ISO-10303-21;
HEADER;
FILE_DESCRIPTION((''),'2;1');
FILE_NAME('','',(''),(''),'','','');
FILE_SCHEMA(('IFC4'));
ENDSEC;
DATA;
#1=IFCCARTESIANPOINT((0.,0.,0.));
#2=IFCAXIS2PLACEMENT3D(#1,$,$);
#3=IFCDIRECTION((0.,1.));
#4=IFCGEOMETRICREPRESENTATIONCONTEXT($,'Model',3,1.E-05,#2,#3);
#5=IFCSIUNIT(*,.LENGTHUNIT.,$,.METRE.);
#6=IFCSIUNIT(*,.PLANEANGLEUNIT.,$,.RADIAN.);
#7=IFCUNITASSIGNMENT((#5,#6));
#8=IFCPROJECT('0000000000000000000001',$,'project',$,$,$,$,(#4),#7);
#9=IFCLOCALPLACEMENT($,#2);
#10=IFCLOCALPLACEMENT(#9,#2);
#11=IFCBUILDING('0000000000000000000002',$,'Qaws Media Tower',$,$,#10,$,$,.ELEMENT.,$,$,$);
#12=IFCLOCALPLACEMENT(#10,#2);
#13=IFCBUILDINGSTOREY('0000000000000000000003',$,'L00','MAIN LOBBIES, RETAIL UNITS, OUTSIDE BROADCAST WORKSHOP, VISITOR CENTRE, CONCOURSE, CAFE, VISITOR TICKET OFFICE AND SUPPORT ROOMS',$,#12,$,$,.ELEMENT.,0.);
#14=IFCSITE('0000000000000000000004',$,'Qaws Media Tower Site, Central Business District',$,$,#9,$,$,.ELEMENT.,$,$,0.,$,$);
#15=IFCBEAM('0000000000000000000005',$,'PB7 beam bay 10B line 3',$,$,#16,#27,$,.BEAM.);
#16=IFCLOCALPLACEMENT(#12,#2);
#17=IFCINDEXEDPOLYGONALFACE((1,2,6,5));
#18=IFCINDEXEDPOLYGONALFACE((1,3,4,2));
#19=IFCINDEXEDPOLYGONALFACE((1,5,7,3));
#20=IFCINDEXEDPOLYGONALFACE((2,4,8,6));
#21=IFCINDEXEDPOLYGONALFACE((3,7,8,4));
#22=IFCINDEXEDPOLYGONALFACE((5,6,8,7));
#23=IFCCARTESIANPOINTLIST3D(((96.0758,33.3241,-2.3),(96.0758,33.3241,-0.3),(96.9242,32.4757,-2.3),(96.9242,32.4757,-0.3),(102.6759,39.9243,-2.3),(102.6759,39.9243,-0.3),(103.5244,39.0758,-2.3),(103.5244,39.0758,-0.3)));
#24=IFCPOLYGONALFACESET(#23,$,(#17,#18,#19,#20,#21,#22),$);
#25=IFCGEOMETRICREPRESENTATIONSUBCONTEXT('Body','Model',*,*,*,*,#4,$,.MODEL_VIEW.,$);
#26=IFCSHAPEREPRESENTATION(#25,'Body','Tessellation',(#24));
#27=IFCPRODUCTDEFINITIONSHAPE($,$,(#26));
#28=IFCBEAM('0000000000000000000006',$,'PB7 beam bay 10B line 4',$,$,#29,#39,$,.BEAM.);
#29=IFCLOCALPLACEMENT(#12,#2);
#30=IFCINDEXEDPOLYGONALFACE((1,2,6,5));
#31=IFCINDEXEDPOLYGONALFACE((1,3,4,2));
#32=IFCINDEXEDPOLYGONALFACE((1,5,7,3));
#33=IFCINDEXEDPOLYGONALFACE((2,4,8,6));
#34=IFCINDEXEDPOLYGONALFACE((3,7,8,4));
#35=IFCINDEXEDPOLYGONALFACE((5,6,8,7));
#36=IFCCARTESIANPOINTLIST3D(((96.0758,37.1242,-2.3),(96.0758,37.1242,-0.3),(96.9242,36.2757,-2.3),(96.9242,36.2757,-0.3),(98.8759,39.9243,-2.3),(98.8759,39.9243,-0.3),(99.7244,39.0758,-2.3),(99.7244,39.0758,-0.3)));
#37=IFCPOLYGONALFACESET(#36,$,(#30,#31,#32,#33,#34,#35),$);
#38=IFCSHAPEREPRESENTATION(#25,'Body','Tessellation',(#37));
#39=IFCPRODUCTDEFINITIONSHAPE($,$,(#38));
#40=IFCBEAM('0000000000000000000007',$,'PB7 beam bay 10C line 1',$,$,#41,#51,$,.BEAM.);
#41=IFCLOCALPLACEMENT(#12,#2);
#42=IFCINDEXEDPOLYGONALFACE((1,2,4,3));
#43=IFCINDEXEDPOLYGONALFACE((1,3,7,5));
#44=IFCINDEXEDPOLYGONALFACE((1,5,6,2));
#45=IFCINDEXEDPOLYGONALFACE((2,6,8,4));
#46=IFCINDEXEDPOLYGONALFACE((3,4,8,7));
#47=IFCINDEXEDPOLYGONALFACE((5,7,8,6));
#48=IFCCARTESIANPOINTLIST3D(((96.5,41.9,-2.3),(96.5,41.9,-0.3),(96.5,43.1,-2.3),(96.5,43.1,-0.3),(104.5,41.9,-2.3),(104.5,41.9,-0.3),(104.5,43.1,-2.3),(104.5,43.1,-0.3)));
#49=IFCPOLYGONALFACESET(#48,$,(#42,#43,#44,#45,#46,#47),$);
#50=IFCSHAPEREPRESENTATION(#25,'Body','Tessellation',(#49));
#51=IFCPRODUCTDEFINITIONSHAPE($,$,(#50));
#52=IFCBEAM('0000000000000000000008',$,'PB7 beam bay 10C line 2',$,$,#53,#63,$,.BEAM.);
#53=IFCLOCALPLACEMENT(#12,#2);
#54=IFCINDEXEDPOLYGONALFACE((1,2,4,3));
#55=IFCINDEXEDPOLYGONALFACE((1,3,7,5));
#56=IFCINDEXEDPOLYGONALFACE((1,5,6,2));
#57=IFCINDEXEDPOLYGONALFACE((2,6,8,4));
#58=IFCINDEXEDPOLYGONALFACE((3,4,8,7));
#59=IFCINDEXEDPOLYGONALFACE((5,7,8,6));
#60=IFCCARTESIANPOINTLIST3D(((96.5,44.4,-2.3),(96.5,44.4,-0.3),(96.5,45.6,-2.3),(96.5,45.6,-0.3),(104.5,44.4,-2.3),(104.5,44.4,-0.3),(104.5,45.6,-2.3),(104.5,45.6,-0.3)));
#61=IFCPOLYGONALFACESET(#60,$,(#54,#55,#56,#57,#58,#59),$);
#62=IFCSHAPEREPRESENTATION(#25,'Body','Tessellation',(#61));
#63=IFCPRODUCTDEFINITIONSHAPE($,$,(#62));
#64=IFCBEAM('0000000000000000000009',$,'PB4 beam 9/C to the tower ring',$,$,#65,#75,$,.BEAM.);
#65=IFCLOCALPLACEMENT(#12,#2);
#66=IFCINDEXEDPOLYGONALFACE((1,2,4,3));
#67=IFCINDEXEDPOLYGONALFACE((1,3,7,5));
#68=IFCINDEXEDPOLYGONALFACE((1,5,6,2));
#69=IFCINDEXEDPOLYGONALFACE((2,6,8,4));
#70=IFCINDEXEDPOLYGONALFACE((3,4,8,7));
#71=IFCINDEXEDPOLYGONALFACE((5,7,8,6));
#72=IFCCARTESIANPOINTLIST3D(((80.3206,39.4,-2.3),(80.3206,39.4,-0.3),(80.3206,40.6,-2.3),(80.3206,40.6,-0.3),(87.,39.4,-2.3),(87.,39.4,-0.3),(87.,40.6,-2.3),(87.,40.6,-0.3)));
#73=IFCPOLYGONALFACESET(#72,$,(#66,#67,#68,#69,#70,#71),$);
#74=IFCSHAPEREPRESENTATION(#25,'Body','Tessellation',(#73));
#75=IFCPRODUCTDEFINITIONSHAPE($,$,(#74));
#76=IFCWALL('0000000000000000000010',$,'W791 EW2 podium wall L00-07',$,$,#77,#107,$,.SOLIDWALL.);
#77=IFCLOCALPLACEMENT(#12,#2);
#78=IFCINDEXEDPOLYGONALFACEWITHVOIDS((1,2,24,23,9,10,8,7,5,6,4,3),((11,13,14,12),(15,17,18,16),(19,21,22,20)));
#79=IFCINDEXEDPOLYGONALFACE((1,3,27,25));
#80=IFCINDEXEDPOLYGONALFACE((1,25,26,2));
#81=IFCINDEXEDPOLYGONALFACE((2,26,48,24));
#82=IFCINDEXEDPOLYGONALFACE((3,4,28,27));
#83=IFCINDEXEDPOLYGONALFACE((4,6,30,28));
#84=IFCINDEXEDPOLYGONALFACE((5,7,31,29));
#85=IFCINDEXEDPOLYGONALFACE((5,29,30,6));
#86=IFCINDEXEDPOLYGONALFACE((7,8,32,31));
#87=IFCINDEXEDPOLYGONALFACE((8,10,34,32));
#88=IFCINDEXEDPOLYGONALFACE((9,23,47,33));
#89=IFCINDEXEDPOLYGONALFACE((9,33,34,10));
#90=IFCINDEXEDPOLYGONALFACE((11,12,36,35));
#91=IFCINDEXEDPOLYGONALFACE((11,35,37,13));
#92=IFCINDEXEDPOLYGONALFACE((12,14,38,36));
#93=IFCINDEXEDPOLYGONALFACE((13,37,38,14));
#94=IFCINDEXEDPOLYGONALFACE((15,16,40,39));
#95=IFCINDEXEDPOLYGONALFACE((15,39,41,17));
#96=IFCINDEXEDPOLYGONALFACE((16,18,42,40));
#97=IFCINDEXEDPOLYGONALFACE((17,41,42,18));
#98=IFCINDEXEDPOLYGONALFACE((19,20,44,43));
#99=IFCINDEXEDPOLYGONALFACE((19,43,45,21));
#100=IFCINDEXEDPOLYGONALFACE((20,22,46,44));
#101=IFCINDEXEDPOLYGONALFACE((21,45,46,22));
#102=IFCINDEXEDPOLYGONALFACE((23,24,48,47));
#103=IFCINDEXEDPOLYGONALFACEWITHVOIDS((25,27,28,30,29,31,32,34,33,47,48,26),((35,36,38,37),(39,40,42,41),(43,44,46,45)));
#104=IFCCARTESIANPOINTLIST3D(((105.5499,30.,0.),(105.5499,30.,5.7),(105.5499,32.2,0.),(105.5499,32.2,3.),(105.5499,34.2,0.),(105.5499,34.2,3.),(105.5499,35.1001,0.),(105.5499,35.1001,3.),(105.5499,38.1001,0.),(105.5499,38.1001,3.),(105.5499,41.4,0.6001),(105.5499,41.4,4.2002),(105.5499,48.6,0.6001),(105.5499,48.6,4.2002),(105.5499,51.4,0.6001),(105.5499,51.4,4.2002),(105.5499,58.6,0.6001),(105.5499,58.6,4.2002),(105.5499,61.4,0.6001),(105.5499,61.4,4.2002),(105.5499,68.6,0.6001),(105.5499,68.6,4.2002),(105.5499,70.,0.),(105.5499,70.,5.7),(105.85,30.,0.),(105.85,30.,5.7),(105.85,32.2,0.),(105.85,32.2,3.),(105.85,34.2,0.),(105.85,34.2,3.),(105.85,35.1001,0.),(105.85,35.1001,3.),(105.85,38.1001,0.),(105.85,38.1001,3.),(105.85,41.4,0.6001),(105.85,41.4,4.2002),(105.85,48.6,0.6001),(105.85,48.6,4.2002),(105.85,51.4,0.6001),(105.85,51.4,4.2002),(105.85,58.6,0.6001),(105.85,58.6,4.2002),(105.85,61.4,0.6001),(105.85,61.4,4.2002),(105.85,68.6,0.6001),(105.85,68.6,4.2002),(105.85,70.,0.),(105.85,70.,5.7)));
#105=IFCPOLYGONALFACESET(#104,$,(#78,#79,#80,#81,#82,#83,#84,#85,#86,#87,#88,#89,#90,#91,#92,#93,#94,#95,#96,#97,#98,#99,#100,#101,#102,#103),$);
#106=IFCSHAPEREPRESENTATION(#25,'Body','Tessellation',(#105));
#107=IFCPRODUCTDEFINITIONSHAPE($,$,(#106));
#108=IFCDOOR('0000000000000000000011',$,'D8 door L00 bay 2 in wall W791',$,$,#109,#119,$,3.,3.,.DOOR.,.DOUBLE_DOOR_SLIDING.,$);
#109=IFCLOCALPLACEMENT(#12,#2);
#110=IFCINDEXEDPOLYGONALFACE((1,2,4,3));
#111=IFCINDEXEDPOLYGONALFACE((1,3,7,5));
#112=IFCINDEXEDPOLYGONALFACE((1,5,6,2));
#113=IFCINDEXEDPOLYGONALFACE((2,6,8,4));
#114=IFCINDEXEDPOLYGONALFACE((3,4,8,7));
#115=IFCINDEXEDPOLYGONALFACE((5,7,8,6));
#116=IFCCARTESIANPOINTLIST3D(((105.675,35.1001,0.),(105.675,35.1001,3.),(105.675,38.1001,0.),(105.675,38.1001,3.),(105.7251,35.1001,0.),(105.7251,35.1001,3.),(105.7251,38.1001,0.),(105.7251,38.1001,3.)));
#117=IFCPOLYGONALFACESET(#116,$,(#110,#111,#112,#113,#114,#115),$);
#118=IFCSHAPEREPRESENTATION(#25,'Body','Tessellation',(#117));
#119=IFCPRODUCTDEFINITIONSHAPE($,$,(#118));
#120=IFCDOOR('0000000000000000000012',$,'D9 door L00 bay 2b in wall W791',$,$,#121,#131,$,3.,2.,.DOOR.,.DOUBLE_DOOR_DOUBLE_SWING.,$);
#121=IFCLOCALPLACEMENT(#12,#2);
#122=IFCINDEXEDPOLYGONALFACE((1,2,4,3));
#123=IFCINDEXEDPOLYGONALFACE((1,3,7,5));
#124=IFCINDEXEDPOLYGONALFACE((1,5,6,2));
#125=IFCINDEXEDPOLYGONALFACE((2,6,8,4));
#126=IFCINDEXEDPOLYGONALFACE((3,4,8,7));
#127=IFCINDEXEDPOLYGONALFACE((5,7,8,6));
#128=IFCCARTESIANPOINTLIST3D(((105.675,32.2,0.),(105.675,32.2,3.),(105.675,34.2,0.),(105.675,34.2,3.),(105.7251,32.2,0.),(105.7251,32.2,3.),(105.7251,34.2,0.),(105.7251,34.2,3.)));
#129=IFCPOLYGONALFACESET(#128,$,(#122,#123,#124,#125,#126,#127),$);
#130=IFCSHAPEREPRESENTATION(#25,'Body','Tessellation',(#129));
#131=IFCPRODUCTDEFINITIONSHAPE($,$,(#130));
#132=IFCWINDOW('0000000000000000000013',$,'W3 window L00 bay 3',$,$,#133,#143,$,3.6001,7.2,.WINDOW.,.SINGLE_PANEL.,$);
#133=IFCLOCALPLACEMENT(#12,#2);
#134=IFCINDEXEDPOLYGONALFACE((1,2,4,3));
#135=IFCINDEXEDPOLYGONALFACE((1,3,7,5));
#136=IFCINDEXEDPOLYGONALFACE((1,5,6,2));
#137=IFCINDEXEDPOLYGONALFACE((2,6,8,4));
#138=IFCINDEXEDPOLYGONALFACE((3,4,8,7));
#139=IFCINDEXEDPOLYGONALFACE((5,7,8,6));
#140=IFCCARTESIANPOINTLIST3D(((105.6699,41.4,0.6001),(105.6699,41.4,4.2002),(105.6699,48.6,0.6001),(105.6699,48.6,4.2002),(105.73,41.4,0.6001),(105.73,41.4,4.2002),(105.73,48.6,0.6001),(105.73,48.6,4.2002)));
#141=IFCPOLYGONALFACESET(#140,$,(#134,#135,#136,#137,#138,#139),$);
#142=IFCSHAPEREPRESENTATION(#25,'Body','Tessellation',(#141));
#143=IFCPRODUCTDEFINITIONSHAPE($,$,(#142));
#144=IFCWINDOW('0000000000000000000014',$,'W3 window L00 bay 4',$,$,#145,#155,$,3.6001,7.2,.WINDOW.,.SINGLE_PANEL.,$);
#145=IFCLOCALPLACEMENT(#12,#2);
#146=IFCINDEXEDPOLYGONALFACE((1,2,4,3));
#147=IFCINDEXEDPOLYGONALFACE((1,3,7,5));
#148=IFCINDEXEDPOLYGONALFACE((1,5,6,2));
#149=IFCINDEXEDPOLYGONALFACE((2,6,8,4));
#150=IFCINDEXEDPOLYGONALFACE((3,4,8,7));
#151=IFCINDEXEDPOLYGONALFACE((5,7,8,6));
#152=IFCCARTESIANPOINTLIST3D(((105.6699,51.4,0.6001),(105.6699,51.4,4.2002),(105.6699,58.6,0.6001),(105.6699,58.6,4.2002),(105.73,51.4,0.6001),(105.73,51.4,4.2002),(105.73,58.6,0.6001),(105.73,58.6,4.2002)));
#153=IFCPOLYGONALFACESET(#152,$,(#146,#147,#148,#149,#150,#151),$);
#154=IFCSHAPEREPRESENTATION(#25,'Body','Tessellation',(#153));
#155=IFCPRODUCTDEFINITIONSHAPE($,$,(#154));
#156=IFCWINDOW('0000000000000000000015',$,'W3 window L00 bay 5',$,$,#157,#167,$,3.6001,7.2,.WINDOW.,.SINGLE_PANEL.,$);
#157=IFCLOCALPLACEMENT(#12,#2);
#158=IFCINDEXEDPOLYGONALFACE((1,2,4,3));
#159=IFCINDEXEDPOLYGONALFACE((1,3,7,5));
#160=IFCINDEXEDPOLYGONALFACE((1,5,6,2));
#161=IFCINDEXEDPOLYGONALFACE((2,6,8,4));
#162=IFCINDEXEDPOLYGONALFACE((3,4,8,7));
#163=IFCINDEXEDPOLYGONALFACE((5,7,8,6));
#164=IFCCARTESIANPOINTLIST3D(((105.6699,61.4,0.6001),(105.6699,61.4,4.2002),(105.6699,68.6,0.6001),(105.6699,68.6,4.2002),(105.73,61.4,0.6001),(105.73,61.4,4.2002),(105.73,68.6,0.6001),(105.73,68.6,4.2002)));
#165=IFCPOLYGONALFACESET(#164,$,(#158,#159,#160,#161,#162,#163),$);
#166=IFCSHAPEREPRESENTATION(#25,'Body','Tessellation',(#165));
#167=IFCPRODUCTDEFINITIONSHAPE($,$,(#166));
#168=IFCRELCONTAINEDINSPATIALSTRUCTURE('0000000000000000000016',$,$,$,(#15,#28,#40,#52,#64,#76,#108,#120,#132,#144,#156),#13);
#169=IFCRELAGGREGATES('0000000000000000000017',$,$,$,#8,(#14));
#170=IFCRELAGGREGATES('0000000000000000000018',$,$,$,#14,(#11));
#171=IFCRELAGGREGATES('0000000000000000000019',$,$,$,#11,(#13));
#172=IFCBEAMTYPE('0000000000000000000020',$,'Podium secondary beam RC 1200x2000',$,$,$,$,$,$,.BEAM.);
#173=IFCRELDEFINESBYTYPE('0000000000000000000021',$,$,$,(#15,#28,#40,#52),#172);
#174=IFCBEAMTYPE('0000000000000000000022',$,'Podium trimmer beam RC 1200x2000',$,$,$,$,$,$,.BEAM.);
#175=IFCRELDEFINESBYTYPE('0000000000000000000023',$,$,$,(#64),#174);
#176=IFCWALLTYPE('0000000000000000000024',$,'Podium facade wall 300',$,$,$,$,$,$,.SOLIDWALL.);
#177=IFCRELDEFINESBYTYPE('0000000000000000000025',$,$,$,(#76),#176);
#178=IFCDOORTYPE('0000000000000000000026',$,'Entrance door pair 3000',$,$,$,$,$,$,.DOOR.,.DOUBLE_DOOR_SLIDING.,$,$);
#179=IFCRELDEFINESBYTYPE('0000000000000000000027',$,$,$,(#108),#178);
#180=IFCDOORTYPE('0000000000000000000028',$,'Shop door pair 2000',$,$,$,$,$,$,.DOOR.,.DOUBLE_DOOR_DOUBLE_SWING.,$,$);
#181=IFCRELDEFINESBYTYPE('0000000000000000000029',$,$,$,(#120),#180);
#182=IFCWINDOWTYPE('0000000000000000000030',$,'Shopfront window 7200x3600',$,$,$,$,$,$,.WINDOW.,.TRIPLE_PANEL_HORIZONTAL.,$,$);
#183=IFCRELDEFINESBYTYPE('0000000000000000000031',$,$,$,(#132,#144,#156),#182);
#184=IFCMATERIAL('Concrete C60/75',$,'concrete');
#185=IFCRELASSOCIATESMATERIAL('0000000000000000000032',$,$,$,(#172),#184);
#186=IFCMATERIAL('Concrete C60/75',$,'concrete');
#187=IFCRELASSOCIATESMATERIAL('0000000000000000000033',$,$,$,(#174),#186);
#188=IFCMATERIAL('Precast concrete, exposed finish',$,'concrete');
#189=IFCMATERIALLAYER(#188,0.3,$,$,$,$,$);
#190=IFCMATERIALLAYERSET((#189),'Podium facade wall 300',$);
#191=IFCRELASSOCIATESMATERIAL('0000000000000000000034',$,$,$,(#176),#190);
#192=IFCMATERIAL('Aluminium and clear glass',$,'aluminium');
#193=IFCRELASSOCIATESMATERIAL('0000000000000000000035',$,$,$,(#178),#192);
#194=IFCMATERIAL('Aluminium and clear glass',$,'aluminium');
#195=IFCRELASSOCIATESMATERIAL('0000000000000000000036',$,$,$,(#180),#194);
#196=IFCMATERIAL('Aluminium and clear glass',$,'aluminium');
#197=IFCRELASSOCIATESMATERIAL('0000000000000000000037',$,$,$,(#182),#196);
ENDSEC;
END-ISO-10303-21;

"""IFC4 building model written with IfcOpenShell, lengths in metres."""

from ifc_helpers import new_model, si_unit, direction, frame, frame_2d, origin, origin_2d, place, context, subcontext, project, spatial, rectangle, extrude, material, layer, layer_set, material_profile, profile_set, type_object, element, fill, save


model = new_model("IFC4")

# Units and contexts
model_context = context("Model", 3, precision=1e-05, world=origin(), true_north=direction((0.0, 1.0)))
body_context = subcontext(model_context, "Body", "Model", "MODEL_VIEW")
ifc_project = project(units=[si_unit("LENGTHUNIT", "METRE"), si_unit("PLANEANGLEUNIT", "RADIAN")], contexts=[model_context])

# Site, building, storey
site_placement = place(None, origin())
site = spatial("IfcSite", under=ifc_project, at=site_placement, Name="Qaws Media Tower Site, Central Business District", CompositionType="ELEMENT", RefElevation=0.0)
building_placement = place(site_placement, origin())
building = spatial("IfcBuilding", under=site, at=building_placement, Name="Qaws Media Tower", CompositionType="ELEMENT")
storey_placement = place(building_placement, origin())
storey = spatial("IfcBuildingStorey", under=building, at=storey_placement, Name="L00", Description="MAIN LOBBIES, RETAIL UNITS, OUTSIDE BROADCAST WORKSHOP, VISITOR CENTRE, CONCOURSE, CAFE, VISITOR TICKET OFFICE AND SUPPORT ROOMS", CompositionType="ELEMENT", Elevation=0.0)

# Beams
ifc_material_1 = material(Name="Concrete C60/75", Category="concrete")
ifc_material_profile_1 = material_profile(ifc_material_1, rectangle(XDim=1.2, YDim=2.0, at=origin_2d()), Name="RC 1200x2000")
ifc_profile_set_1 = profile_set([ifc_material_profile_1], Name="Concrete C60/75")
beam_type_1 = type_object("IfcBeamType", Name="Podium secondary beam RC 1200x2000", PredefinedType="BEAM", material=ifc_profile_set_1)
for number, where, z_axis, x_axis, name in (
    (1, (96.5, 32.8999, -1.3), (0.707107, 0.707107, 0.0), (-0.707107, 0.707107, 0.0), "PB7 beam bay 10B line 3"),
):
    element("IfcBeam", number, at=place(storey_placement, frame(where, z_axis=z_axis, x_axis=x_axis)), inside=storey, type_object=beam_type_1, Name=name, PredefinedType="BEAM", context=body_context, shape_type="SweptSolid", body=[
        extrude(rectangle(XDim=1.2, YDim=2.0, at=origin_2d()), origin(), (0.0, 0.0, 1.0), 9.334),
    ])
beam_1_placement = place(storey_placement, frame((96.5, 36.7, -1.3), z_axis=(0.707107, 0.707107, 0.0), x_axis=(-0.707107, 0.707107, 0.0)))
element("IfcBeam", 2, at=beam_1_placement, inside=storey, type_object=beam_type_1, Name="PB7 beam bay 10B line 4", PredefinedType="BEAM", context=body_context, shape_type="SweptSolid", body=[
    extrude(rectangle(XDim=1.2, YDim=2.0, at=origin_2d()), origin(), (0.0, 0.0, 1.0), 3.96),
])
for number, where, z_axis, x_axis, name in (
    (3, (96.5, 42.5, -1.3), (1.0, 0.0, 0.0), (0.0, 1.0, 0.0), "PB7 beam bay 10C line 1"),
    (4, (96.5, 45.0, -1.3), (1.0, 0.0, 0.0), (0.0, 1.0, 0.0), "PB7 beam bay 10C line 2"),
):
    element("IfcBeam", number, at=place(storey_placement, frame(where, z_axis=z_axis, x_axis=x_axis)), inside=storey, type_object=beam_type_1, Name=name, PredefinedType="BEAM", context=body_context, shape_type="SweptSolid", body=[
        extrude(rectangle(XDim=1.2, YDim=2.0, at=origin_2d()), origin(), (0.0, 0.0, 1.0), 8.0),
    ])
ifc_material_2 = material(Name="Concrete C60/75", Category="concrete")
ifc_material_profile_2 = material_profile(ifc_material_2, rectangle(XDim=1.2, YDim=2.0, at=origin_2d()), Name="RC 1200x2000")
ifc_profile_set_2 = profile_set([ifc_material_profile_2], Name="Concrete C60/75")
beam_type_2 = type_object("IfcBeamType", Name="Podium trimmer beam RC 1200x2000", PredefinedType="BEAM", material=ifc_profile_set_2)
beam_2_placement = place(storey_placement, frame((87.0, 40.0, -1.3), z_axis=(-1.0, 0.0, 0.0), x_axis=(0.0, -1.0, 0.0)))
element("IfcBeam", 5, at=beam_2_placement, inside=storey, type_object=beam_type_2, Name="PB4 beam 9/C to the tower ring", PredefinedType="BEAM", context=body_context, shape_type="SweptSolid", body=[
    extrude(rectangle(XDim=1.2, YDim=2.0, at=origin_2d()), origin(), (0.0, 0.0, 1.0), 6.6794),
])

# Wall, openings, doors, windows
ifc_material_3 = material(Name="Precast concrete, exposed finish", Category="concrete")
ifc_layer_1 = layer(ifc_material_3, 0.3)
ifc_layer_set_1 = layer_set([ifc_layer_1], Name="Podium facade wall 300")
wall_type_1 = type_object("IfcWallType", Name="Podium facade wall 300", PredefinedType="SOLIDWALL", material=ifc_layer_set_1)
wall_1_placement = place(storey_placement, frame((105.7, 30.0, 0.0), z_axis=(0.0, 0.0, 1.0), x_axis=(0.0, 1.0, 0.0)))
wall_1 = element("IfcWall", 6, at=wall_1_placement, inside=storey, type_object=wall_type_1, Name="W791 EW2 podium wall L00-07", PredefinedType="SOLIDWALL", context=body_context, shape_type="SweptSolid", body=[
    extrude(rectangle(XDim=40.0, YDim=0.3, at=frame_2d((20.0, 0.0))), origin(), (0.0, 0.0, 1.0), 5.7),
])
opening_1_placement = place(wall_1_placement, frame((5.1001, 0.0, 0.0)))
opening_1 = element("IfcOpeningElement", 7, at=opening_1_placement, cuts=wall_1, PredefinedType="OPENING", context=body_context, shape_type="SweptSolid", body=[
    extrude(rectangle(XDim=3.0, YDim=3.0, at=frame_2d((1.5, 1.5))), frame((0.0, 0.1599, 0.0), z_axis=(0.0, -1.0, 0.0), x_axis=(1.0, 0.0, 0.0)), (0.0, 0.0, 1.0), 0.3201),
])
opening_2_placement = place(wall_1_placement, frame((2.2, 0.0, 0.0)))
opening_2 = element("IfcOpeningElement", 8, at=opening_2_placement, cuts=wall_1, PredefinedType="OPENING", context=body_context, shape_type="SweptSolid", body=[
    extrude(rectangle(XDim=2.0, YDim=3.0, at=frame_2d((1.0, 1.5))), frame((0.0, 0.1599, 0.0), z_axis=(0.0, -1.0, 0.0), x_axis=(1.0, 0.0, 0.0)), (0.0, 0.0, 1.0), 0.3201),
])
opening_3_placement = place(wall_1_placement, frame((11.3999, 0.0, 0.6001)))
opening_3 = element("IfcOpeningElement", 9, at=opening_3_placement, cuts=wall_1, PredefinedType="OPENING", context=body_context, shape_type="SweptSolid", body=[
    extrude(rectangle(XDim=7.2, YDim=3.6001, at=frame_2d((3.6001, 1.8))), frame((0.0, 0.1599, 0.0), z_axis=(0.0, -1.0, 0.0), x_axis=(1.0, 0.0, 0.0)), (0.0, 0.0, 1.0), 0.3201),
])
opening_4_placement = place(wall_1_placement, frame((21.3999, 0.0, 0.6001)))
opening_4 = element("IfcOpeningElement", 10, at=opening_4_placement, cuts=wall_1, PredefinedType="OPENING", context=body_context, shape_type="SweptSolid", body=[
    extrude(rectangle(XDim=7.2, YDim=3.6001, at=frame_2d((3.6001, 1.8))), frame((0.0, 0.1599, 0.0), z_axis=(0.0, -1.0, 0.0), x_axis=(1.0, 0.0, 0.0)), (0.0, 0.0, 1.0), 0.3201),
])
opening_5_placement = place(wall_1_placement, frame((31.3999, 0.0, 0.6001)))
opening_5 = element("IfcOpeningElement", 11, at=opening_5_placement, cuts=wall_1, PredefinedType="OPENING", context=body_context, shape_type="SweptSolid", body=[
    extrude(rectangle(XDim=7.2, YDim=3.6001, at=frame_2d((3.6001, 1.8))), frame((0.0, 0.1599, 0.0), z_axis=(0.0, -1.0, 0.0), x_axis=(1.0, 0.0, 0.0)), (0.0, 0.0, 1.0), 0.3201),
])
ifc_material_4 = material(Name="Aluminium and clear glass", Category="aluminium")
door_type_1 = type_object("IfcDoorType", Name="Entrance door pair 3000", OperationType="DOUBLE_DOOR_SLIDING", PredefinedType="DOOR", material=ifc_material_4)
door_1_placement = place(opening_1_placement, origin())
door_1 = element("IfcDoor", 12, at=door_1_placement, inside=storey, type_object=door_type_1, Name="D8 door L00 bay 2 in wall W791", OperationType="DOUBLE_DOOR_SLIDING", OverallHeight=3.0, OverallWidth=3.0, PredefinedType="DOOR", context=body_context, shape_type="SweptSolid", body=[
    extrude(rectangle(XDim=3.0, YDim=3.0, at=frame_2d((1.5, 1.5))), frame((0.0, 0.0249, 0.0), z_axis=(0.0, -1.0, 0.0), x_axis=(1.0, 0.0, 0.0)), (0.0, 0.0, 1.0), 0.05),
])
fill(opening_1, door_1)
ifc_material_5 = material(Name="Aluminium and clear glass", Category="aluminium")
door_type_2 = type_object("IfcDoorType", Name="Shop door pair 2000", OperationType="DOUBLE_DOOR_DOUBLE_SWING", PredefinedType="DOOR", material=ifc_material_5)
door_2_placement = place(opening_2_placement, origin())
door_2 = element("IfcDoor", 13, at=door_2_placement, inside=storey, type_object=door_type_2, Name="D9 door L00 bay 2b in wall W791", OperationType="DOUBLE_DOOR_DOUBLE_SWING", OverallHeight=3.0, OverallWidth=2.0, PredefinedType="DOOR", context=body_context, shape_type="SweptSolid", body=[
    extrude(rectangle(XDim=2.0, YDim=3.0, at=frame_2d((1.0, 1.5))), frame((0.0, 0.0249, 0.0), z_axis=(0.0, -1.0, 0.0), x_axis=(1.0, 0.0, 0.0)), (0.0, 0.0, 1.0), 0.05),
])
fill(opening_2, door_2)
ifc_material_6 = material(Name="Aluminium and clear glass", Category="aluminium")
window_type = type_object("IfcWindowType", Name="Shopfront window 7200x3600", PartitioningType="TRIPLE_PANEL_HORIZONTAL", PredefinedType="WINDOW", material=ifc_material_6)
window_1_placement = place(opening_3_placement, origin())
window_1 = element("IfcWindow", 14, at=window_1_placement, inside=storey, type_object=window_type, Name="W3 window L00 bay 3", OverallHeight=3.6001, OverallWidth=7.2, PartitioningType="SINGLE_PANEL", PredefinedType="WINDOW", context=body_context, shape_type="SweptSolid", body=[
    extrude(rectangle(XDim=7.2, YDim=3.6001, at=frame_2d((3.6001, 1.8))), frame((0.0, 0.03, 0.0), z_axis=(0.0, -1.0, 0.0), x_axis=(1.0, 0.0, 0.0)), (0.0, 0.0, 1.0), 0.0601),
])
fill(opening_3, window_1)
window_2_placement = place(opening_4_placement, origin())
window_2 = element("IfcWindow", 15, at=window_2_placement, inside=storey, type_object=window_type, Name="W3 window L00 bay 4", OverallHeight=3.6001, OverallWidth=7.2, PartitioningType="SINGLE_PANEL", PredefinedType="WINDOW", context=body_context, shape_type="SweptSolid", body=[
    extrude(rectangle(XDim=7.2, YDim=3.6001, at=frame_2d((3.6001, 1.8))), frame((0.0, 0.03, 0.0), z_axis=(0.0, -1.0, 0.0), x_axis=(1.0, 0.0, 0.0)), (0.0, 0.0, 1.0), 0.0601),
])
fill(opening_4, window_2)
window_3_placement = place(opening_5_placement, origin())
window_3 = element("IfcWindow", 16, at=window_3_placement, inside=storey, type_object=window_type, Name="W3 window L00 bay 5", OverallHeight=3.6001, OverallWidth=7.2, PartitioningType="SINGLE_PANEL", PredefinedType="WINDOW", context=body_context, shape_type="SweptSolid", body=[
    extrude(rectangle(XDim=7.2, YDim=3.6001, at=frame_2d((3.6001, 1.8))), frame((0.0, 0.03, 0.0), z_axis=(0.0, -1.0, 0.0), x_axis=(1.0, 0.0, 0.0)), (0.0, 0.0, 1.0), 0.0601),
])
fill(opening_5, window_3)

save(model, "model.ifc")
